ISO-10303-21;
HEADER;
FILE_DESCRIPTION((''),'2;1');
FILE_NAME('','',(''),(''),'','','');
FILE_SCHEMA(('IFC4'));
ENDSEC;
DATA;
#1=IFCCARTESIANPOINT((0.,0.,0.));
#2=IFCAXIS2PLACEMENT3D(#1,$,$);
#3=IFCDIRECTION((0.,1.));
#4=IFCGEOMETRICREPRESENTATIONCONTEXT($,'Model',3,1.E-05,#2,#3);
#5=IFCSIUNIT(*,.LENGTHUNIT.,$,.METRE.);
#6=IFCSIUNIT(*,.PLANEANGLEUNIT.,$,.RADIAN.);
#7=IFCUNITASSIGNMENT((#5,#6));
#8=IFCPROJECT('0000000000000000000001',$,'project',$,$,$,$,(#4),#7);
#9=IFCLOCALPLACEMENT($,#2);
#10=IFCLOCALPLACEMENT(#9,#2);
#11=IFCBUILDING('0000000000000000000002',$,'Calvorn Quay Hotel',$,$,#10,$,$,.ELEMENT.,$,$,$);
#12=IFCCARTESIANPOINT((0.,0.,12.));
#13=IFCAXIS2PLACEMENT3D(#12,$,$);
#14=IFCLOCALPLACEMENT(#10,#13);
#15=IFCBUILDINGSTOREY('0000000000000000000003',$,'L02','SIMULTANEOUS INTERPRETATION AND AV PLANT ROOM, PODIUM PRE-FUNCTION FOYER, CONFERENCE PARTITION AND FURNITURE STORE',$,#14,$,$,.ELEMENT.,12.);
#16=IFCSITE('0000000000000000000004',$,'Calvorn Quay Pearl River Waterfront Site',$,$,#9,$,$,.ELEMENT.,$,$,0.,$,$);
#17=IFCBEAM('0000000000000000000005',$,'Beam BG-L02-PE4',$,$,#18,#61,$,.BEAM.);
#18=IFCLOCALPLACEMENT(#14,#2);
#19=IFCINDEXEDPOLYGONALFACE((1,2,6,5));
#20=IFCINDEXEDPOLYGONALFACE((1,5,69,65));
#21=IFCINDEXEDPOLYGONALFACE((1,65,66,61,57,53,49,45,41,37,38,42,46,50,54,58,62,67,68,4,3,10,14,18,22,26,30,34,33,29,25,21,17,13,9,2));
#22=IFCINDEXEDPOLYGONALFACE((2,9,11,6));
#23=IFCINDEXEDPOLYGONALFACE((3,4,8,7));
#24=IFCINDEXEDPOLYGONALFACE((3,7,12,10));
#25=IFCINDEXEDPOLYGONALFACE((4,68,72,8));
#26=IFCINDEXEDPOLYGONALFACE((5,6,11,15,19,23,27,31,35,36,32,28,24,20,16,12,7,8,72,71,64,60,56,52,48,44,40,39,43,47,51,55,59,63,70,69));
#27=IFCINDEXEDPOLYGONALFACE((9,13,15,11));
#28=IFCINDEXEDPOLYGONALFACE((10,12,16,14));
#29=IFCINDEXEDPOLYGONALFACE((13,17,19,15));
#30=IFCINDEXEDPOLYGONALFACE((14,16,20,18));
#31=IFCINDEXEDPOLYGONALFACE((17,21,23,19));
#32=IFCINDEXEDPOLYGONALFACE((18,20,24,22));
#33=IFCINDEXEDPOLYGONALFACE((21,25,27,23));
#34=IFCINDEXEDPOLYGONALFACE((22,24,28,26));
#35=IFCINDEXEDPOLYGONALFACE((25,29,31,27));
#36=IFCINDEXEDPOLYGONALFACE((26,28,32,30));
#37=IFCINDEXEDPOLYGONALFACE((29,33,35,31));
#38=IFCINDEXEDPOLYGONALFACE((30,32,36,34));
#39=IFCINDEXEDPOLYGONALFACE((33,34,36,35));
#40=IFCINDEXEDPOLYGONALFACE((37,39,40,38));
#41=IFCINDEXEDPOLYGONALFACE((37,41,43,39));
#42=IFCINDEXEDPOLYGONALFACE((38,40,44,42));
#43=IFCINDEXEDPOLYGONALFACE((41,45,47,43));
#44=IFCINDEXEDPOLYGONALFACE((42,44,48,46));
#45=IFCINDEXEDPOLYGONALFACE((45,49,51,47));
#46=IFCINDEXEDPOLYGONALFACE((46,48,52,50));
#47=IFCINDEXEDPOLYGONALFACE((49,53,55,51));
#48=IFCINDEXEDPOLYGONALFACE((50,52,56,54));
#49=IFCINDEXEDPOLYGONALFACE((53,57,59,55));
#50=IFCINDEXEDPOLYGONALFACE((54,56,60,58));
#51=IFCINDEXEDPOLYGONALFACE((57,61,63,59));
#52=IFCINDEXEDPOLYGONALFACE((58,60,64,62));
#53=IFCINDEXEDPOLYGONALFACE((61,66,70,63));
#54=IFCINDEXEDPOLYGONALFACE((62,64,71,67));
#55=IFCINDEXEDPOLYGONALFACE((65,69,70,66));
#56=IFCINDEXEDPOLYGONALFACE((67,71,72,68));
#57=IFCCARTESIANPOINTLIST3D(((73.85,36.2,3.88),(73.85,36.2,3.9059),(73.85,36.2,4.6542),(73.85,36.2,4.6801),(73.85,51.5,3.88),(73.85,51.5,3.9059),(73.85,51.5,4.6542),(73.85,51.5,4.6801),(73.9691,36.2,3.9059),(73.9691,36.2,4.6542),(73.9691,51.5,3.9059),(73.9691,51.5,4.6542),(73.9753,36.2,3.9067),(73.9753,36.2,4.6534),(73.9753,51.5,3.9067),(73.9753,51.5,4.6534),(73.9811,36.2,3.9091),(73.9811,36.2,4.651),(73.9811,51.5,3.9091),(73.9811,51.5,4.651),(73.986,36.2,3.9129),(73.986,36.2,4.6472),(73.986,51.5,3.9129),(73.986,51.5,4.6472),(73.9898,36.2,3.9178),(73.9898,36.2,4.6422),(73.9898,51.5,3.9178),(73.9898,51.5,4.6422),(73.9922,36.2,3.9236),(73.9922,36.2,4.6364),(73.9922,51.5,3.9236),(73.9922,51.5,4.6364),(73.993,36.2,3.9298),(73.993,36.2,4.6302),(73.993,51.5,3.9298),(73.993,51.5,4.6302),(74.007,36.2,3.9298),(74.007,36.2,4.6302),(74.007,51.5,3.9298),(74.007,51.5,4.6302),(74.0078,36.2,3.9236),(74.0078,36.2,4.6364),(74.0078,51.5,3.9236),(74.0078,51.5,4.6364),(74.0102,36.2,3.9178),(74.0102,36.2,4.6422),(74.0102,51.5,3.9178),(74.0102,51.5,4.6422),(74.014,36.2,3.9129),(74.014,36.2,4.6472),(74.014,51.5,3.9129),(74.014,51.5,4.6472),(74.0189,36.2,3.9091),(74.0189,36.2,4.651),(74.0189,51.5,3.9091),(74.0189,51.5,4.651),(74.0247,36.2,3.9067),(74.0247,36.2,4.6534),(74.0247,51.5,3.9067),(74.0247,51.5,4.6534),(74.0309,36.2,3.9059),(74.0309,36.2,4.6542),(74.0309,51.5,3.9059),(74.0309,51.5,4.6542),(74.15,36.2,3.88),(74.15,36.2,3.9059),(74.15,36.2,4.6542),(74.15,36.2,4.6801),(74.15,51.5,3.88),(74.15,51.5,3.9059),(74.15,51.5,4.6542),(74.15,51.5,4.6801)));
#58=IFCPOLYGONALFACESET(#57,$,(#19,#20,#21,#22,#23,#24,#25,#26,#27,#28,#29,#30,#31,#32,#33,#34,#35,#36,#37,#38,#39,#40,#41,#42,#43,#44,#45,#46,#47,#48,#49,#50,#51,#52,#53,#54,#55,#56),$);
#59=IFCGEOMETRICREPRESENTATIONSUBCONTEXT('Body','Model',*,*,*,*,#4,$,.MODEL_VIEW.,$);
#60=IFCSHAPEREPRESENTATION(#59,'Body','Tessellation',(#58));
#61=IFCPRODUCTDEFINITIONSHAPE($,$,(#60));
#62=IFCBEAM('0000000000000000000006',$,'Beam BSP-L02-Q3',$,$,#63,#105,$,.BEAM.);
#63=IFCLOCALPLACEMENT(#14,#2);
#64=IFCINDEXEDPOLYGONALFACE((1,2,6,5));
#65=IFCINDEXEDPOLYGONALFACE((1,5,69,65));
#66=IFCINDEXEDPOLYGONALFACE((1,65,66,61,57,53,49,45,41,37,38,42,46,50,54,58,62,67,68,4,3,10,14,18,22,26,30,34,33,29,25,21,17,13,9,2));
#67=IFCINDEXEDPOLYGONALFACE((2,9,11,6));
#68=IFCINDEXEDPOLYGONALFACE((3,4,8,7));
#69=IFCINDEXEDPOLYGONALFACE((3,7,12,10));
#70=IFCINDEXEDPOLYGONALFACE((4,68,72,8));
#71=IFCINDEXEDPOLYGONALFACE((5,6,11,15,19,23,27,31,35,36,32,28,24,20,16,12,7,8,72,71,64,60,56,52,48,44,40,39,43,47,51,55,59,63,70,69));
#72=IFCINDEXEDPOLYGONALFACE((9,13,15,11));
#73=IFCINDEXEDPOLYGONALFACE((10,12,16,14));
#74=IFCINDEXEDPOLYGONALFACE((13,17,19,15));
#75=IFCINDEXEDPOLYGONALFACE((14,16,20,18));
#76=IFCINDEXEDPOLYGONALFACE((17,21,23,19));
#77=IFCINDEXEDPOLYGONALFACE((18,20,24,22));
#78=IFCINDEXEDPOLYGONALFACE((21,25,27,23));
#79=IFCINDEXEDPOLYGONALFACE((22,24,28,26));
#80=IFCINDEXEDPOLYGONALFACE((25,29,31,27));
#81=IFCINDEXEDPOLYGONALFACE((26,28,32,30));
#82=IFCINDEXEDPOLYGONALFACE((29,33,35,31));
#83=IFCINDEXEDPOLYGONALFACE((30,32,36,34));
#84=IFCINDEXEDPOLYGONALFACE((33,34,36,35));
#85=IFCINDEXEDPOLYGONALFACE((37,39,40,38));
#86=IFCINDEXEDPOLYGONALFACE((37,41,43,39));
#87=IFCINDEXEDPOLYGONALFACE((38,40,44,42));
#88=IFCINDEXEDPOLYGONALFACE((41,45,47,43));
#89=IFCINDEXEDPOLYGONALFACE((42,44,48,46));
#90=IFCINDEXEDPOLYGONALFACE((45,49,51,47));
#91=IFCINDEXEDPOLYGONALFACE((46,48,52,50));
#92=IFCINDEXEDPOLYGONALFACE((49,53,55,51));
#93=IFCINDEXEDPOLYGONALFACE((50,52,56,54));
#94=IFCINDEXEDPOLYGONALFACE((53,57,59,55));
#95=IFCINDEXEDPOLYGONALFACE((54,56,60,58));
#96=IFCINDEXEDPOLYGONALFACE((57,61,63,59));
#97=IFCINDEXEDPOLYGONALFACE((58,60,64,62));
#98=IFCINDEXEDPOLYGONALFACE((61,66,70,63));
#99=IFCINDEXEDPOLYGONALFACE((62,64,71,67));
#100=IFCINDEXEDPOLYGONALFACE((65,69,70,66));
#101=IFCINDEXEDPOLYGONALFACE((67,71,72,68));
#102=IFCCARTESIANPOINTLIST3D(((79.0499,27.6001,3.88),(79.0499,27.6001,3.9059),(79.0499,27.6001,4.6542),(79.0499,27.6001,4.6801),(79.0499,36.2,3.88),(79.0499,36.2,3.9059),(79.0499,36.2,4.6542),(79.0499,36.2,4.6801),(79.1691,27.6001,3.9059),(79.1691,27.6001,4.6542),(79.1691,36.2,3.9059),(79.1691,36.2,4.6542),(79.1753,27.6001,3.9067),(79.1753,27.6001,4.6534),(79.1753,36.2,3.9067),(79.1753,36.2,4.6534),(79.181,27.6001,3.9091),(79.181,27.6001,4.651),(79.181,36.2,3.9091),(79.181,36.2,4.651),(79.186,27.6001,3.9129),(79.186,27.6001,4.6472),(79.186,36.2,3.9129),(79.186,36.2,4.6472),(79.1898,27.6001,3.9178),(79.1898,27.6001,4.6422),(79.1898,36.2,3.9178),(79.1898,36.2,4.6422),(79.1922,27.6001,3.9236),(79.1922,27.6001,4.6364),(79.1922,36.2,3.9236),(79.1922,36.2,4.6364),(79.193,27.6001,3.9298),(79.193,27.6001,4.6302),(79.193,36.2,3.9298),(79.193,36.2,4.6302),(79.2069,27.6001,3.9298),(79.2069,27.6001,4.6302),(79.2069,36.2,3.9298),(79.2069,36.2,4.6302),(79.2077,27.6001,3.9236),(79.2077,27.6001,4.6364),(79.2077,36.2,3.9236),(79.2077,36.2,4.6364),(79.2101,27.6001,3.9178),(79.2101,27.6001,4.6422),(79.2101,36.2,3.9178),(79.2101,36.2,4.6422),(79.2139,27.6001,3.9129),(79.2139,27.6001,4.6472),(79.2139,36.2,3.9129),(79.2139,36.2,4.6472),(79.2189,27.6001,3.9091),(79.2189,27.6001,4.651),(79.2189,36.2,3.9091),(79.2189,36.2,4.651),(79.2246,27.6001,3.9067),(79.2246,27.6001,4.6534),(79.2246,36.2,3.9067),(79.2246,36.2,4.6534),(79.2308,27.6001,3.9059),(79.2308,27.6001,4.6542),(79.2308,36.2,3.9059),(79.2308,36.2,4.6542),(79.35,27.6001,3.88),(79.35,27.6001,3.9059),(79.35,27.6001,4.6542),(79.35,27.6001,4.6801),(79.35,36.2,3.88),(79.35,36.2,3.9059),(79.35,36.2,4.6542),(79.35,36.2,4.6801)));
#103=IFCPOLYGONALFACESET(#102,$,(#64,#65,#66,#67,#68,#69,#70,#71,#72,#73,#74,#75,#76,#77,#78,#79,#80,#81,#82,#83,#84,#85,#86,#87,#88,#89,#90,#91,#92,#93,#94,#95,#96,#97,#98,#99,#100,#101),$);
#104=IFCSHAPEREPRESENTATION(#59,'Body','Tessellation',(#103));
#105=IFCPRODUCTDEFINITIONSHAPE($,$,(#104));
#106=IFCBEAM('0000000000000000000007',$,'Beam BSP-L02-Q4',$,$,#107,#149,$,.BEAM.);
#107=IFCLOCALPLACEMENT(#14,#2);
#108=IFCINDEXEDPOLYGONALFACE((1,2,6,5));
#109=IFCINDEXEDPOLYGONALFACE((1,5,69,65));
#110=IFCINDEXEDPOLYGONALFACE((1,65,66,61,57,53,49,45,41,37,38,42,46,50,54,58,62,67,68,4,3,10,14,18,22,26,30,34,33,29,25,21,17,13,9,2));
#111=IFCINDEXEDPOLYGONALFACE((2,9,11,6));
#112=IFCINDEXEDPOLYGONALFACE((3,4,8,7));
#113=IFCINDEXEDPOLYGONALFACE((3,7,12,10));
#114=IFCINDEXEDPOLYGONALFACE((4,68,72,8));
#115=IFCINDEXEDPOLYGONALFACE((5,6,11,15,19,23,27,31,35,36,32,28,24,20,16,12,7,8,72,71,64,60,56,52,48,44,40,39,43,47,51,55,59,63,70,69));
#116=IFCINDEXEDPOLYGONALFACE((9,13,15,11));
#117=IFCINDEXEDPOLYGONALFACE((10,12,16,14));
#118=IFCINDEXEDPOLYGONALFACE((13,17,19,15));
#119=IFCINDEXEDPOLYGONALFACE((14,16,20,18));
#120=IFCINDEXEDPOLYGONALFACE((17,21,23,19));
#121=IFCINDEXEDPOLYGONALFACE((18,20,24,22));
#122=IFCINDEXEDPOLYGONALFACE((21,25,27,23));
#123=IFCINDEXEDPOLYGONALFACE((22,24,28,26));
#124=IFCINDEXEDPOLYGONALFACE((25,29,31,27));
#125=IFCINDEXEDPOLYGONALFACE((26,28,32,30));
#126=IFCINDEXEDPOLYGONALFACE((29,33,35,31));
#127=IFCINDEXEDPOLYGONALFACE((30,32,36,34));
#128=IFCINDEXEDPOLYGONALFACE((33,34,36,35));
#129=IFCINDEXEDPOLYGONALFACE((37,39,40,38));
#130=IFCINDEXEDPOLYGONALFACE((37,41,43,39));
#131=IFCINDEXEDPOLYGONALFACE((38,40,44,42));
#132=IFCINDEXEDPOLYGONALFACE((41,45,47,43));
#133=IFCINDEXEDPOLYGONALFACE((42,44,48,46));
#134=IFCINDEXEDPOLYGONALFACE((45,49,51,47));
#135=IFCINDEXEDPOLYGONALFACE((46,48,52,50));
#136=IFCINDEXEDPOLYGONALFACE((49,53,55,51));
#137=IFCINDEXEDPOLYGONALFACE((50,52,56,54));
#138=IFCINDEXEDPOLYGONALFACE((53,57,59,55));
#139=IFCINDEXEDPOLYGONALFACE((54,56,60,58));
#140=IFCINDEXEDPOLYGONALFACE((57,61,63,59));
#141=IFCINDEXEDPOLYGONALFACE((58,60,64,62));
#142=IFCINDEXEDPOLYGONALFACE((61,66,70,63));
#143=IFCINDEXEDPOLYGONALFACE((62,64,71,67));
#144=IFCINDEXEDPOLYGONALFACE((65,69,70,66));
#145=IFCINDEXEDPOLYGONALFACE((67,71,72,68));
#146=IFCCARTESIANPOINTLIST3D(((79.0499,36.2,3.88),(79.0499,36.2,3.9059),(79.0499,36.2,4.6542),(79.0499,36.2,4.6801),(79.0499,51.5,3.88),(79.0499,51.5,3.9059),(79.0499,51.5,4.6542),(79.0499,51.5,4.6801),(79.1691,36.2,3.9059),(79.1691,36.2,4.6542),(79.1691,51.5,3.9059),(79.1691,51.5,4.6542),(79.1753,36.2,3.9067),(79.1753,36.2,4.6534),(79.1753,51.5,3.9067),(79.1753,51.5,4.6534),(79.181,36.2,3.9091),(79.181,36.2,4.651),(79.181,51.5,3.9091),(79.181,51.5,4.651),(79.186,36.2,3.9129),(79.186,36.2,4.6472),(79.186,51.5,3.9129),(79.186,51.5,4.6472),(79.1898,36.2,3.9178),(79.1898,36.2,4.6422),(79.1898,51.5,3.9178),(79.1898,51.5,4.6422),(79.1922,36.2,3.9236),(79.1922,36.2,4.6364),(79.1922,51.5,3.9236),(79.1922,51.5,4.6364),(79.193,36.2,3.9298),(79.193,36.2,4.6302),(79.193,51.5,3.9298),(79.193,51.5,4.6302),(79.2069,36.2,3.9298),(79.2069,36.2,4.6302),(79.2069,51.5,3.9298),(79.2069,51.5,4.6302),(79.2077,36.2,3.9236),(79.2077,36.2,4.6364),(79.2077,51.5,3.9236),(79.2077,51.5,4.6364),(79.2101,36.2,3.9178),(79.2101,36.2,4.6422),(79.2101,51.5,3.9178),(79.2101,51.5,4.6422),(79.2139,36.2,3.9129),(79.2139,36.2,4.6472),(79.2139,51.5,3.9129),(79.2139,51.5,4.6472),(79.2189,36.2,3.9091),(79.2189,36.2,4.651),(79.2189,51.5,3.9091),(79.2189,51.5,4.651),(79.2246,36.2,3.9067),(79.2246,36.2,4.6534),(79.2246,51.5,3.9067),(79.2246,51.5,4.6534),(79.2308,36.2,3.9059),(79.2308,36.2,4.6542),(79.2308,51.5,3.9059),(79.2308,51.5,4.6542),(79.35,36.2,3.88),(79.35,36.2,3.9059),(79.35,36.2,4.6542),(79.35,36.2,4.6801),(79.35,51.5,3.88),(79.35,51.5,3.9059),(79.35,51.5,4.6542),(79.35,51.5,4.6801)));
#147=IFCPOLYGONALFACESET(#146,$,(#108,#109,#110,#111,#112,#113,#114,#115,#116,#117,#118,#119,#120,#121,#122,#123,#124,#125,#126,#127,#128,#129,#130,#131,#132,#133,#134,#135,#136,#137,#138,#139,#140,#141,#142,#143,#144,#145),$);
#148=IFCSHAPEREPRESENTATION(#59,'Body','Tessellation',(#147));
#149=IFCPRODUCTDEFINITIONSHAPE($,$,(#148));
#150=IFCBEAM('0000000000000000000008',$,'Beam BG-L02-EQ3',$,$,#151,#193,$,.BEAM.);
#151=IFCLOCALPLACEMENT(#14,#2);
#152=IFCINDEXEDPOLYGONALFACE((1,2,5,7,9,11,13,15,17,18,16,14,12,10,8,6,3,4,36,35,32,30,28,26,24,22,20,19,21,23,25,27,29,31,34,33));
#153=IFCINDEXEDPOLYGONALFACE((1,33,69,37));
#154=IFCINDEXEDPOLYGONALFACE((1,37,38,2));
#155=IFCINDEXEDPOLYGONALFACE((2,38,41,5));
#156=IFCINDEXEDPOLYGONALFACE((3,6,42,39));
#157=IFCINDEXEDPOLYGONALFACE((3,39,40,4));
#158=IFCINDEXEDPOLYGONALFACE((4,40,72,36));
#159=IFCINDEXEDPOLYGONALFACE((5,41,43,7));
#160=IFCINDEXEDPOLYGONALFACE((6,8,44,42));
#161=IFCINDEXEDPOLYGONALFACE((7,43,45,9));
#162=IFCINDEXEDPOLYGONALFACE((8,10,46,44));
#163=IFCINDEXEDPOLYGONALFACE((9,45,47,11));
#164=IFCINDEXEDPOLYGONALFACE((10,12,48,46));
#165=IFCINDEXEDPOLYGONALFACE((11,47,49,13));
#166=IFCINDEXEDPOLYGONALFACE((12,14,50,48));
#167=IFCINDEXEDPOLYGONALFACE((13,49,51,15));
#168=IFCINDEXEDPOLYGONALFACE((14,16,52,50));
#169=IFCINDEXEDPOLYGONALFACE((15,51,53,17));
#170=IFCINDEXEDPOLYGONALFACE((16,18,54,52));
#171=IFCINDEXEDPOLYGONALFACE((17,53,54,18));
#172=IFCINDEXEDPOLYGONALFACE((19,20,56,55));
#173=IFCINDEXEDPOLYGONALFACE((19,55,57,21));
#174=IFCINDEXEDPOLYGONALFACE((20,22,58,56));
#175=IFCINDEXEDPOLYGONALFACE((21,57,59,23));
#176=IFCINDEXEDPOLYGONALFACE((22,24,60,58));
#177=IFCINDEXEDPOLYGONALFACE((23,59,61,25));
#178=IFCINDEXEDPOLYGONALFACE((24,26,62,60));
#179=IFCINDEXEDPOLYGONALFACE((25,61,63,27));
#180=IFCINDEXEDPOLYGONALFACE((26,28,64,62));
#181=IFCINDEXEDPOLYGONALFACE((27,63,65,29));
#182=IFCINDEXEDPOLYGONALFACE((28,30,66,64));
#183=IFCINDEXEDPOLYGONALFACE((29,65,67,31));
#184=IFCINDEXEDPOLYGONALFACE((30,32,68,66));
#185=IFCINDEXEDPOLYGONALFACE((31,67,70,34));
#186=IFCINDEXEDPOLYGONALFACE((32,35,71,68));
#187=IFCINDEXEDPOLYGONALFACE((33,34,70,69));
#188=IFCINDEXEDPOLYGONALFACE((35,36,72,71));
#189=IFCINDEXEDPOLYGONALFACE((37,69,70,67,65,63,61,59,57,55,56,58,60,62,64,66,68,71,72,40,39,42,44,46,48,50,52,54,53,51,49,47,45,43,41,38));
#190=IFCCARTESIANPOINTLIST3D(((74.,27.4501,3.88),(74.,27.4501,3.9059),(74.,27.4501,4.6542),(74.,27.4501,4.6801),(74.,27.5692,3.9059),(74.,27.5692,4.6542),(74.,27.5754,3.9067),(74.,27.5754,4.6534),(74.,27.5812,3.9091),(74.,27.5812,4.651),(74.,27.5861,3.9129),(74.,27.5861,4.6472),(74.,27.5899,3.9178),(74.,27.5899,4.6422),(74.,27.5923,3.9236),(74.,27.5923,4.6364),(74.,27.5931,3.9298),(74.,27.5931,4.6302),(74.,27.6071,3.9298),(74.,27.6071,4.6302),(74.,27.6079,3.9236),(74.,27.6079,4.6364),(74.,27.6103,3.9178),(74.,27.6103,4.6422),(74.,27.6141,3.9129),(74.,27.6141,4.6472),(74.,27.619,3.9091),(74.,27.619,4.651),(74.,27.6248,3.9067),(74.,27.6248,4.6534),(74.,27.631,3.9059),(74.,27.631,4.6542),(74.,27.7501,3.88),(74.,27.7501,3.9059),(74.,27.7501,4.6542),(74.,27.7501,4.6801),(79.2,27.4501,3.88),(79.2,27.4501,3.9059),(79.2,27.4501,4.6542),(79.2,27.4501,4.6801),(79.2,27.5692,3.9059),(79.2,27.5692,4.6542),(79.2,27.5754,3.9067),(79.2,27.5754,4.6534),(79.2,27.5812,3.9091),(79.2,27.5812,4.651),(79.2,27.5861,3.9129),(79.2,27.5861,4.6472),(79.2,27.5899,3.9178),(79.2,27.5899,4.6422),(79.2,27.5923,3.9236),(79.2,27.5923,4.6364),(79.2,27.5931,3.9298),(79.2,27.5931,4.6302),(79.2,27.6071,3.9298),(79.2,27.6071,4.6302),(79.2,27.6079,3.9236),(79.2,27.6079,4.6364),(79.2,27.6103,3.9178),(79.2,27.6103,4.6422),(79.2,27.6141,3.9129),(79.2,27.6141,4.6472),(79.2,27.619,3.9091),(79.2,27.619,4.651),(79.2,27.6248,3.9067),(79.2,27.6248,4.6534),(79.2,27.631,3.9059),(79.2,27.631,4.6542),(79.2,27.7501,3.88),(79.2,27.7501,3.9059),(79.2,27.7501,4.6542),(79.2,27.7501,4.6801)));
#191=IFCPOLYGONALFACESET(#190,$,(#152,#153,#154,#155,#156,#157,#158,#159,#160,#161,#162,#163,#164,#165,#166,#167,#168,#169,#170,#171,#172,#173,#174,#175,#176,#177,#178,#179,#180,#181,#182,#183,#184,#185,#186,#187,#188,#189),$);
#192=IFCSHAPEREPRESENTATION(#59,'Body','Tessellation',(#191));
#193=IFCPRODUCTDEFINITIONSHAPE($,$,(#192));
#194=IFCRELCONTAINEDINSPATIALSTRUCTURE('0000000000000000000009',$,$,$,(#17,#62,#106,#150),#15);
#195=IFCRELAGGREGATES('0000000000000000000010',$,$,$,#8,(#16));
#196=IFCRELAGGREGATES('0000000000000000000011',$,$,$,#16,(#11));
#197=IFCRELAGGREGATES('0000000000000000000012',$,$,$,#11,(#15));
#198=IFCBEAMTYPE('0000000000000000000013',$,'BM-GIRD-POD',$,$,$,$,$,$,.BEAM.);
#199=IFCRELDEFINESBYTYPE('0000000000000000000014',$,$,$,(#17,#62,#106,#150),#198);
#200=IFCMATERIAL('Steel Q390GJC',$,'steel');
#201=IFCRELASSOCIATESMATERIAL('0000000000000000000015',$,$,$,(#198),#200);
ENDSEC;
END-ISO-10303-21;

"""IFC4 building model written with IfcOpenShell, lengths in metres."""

from ifc_helpers import new_model, si_unit, direction, frame, origin, origin_2d, place, context, subcontext, project, spatial, i_section, extrude, material, material_profile, profile_set, type_object, element, save


model = new_model("IFC4")

# Units and contexts
model_context = context("Model", 3, precision=1e-05, world=origin(), true_north=direction((0.0, 1.0)))
body_context = subcontext(model_context, "Body", "Model", "MODEL_VIEW")
ifc_project = project(units=[si_unit("LENGTHUNIT", "METRE"), si_unit("PLANEANGLEUNIT", "RADIAN")], contexts=[model_context])

# Site, building, storey
site_placement = place(None, origin())
site = spatial("IfcSite", under=ifc_project, at=site_placement, Name="Calvorn Quay Pearl River Waterfront Site", CompositionType="ELEMENT", RefElevation=0.0)
building_placement = place(site_placement, origin())
building = spatial("IfcBuilding", under=site, at=building_placement, Name="Calvorn Quay Hotel", CompositionType="ELEMENT")
storey_placement = place(building_placement, frame((0.0, 0.0, 12.0)))
storey = spatial("IfcBuildingStorey", under=building, at=storey_placement, Name="L02", Description="SIMULTANEOUS INTERPRETATION AND AV PLANT ROOM, PODIUM PRE-FUNCTION FOYER, CONFERENCE PARTITION AND FURNITURE STORE", CompositionType="ELEMENT", Elevation=12.0)

# Beams
ifc_material_1 = material(Name="Steel Q390GJC", Category="steel")
ifc_material_profile_1 = material_profile(ifc_material_1, i_section(OverallWidth=0.3, OverallDepth=0.8, WebThickness=0.0139, FlangeThickness=0.0259, FilletRadius=0.0239, at=origin_2d()), Name="HN800x300x14x26")
ifc_profile_set_1 = profile_set([ifc_material_profile_1], Name="Steel Q390GJC")
beam_type = type_object("IfcBeamType", Name="BM-GIRD-POD", PredefinedType="BEAM", material=ifc_profile_set_1)
beam_1_placement = place(storey_placement, frame((74.0, 36.2, 4.28), z_axis=(0.0, 1.0, 0.0), x_axis=(-1.0, 0.0, 0.0)))
element("IfcBeam", 1, at=beam_1_placement, inside=storey, type_object=beam_type, Name="Beam BG-L02-PE4", PredefinedType="BEAM", context=body_context, shape_type="SweptSolid", body=[
    extrude(i_section(OverallWidth=0.3, OverallDepth=0.8, WebThickness=0.0139, FlangeThickness=0.0259, FilletRadius=0.0239, at=origin_2d()), origin(), (0.0, 0.0, 1.0), 15.3),
])
beam_2_placement = place(storey_placement, frame((79.2, 27.6001, 4.28), z_axis=(0.0, 1.0, 0.0), x_axis=(-1.0, 0.0, 0.0)))
element("IfcBeam", 2, at=beam_2_placement, inside=storey, type_object=beam_type, Name="Beam BSP-L02-Q3", PredefinedType="BEAM", context=body_context, shape_type="SweptSolid", body=[
    extrude(i_section(OverallWidth=0.3, OverallDepth=0.8, WebThickness=0.0139, FlangeThickness=0.0259, FilletRadius=0.0239, at=origin_2d()), origin(), (0.0, 0.0, 1.0), 8.5999),
])
beam_3_placement = place(storey_placement, frame((79.2, 36.2, 4.28), z_axis=(0.0, 1.0, 0.0), x_axis=(-1.0, 0.0, 0.0)))
element("IfcBeam", 3, at=beam_3_placement, inside=storey, type_object=beam_type, Name="Beam BSP-L02-Q4", PredefinedType="BEAM", context=body_context, shape_type="SweptSolid", body=[
    extrude(i_section(OverallWidth=0.3, OverallDepth=0.8, WebThickness=0.0139, FlangeThickness=0.0259, FilletRadius=0.0239, at=origin_2d()), origin(), (0.0, 0.0, 1.0), 15.3),
])
for number, where, z_axis, x_axis, name in (
    (4, (74.0, 27.6001, 4.28), (1.0, 0.0, 0.0), (0.0, 1.0, 0.0), "Beam BG-L02-EQ3"),
):
    element("IfcBeam", number, at=place(storey_placement, frame(where, z_axis=z_axis, x_axis=x_axis)), inside=storey, type_object=beam_type, Name=name, PredefinedType="BEAM", context=body_context, shape_type="SweptSolid", body=[
        extrude(i_section(OverallWidth=0.3, OverallDepth=0.8, WebThickness=0.0139, FlangeThickness=0.0259, FilletRadius=0.0239, at=origin_2d()), origin(), (0.0, 0.0, 1.0), 5.2),
    ])

save(model, "model.ifc")
